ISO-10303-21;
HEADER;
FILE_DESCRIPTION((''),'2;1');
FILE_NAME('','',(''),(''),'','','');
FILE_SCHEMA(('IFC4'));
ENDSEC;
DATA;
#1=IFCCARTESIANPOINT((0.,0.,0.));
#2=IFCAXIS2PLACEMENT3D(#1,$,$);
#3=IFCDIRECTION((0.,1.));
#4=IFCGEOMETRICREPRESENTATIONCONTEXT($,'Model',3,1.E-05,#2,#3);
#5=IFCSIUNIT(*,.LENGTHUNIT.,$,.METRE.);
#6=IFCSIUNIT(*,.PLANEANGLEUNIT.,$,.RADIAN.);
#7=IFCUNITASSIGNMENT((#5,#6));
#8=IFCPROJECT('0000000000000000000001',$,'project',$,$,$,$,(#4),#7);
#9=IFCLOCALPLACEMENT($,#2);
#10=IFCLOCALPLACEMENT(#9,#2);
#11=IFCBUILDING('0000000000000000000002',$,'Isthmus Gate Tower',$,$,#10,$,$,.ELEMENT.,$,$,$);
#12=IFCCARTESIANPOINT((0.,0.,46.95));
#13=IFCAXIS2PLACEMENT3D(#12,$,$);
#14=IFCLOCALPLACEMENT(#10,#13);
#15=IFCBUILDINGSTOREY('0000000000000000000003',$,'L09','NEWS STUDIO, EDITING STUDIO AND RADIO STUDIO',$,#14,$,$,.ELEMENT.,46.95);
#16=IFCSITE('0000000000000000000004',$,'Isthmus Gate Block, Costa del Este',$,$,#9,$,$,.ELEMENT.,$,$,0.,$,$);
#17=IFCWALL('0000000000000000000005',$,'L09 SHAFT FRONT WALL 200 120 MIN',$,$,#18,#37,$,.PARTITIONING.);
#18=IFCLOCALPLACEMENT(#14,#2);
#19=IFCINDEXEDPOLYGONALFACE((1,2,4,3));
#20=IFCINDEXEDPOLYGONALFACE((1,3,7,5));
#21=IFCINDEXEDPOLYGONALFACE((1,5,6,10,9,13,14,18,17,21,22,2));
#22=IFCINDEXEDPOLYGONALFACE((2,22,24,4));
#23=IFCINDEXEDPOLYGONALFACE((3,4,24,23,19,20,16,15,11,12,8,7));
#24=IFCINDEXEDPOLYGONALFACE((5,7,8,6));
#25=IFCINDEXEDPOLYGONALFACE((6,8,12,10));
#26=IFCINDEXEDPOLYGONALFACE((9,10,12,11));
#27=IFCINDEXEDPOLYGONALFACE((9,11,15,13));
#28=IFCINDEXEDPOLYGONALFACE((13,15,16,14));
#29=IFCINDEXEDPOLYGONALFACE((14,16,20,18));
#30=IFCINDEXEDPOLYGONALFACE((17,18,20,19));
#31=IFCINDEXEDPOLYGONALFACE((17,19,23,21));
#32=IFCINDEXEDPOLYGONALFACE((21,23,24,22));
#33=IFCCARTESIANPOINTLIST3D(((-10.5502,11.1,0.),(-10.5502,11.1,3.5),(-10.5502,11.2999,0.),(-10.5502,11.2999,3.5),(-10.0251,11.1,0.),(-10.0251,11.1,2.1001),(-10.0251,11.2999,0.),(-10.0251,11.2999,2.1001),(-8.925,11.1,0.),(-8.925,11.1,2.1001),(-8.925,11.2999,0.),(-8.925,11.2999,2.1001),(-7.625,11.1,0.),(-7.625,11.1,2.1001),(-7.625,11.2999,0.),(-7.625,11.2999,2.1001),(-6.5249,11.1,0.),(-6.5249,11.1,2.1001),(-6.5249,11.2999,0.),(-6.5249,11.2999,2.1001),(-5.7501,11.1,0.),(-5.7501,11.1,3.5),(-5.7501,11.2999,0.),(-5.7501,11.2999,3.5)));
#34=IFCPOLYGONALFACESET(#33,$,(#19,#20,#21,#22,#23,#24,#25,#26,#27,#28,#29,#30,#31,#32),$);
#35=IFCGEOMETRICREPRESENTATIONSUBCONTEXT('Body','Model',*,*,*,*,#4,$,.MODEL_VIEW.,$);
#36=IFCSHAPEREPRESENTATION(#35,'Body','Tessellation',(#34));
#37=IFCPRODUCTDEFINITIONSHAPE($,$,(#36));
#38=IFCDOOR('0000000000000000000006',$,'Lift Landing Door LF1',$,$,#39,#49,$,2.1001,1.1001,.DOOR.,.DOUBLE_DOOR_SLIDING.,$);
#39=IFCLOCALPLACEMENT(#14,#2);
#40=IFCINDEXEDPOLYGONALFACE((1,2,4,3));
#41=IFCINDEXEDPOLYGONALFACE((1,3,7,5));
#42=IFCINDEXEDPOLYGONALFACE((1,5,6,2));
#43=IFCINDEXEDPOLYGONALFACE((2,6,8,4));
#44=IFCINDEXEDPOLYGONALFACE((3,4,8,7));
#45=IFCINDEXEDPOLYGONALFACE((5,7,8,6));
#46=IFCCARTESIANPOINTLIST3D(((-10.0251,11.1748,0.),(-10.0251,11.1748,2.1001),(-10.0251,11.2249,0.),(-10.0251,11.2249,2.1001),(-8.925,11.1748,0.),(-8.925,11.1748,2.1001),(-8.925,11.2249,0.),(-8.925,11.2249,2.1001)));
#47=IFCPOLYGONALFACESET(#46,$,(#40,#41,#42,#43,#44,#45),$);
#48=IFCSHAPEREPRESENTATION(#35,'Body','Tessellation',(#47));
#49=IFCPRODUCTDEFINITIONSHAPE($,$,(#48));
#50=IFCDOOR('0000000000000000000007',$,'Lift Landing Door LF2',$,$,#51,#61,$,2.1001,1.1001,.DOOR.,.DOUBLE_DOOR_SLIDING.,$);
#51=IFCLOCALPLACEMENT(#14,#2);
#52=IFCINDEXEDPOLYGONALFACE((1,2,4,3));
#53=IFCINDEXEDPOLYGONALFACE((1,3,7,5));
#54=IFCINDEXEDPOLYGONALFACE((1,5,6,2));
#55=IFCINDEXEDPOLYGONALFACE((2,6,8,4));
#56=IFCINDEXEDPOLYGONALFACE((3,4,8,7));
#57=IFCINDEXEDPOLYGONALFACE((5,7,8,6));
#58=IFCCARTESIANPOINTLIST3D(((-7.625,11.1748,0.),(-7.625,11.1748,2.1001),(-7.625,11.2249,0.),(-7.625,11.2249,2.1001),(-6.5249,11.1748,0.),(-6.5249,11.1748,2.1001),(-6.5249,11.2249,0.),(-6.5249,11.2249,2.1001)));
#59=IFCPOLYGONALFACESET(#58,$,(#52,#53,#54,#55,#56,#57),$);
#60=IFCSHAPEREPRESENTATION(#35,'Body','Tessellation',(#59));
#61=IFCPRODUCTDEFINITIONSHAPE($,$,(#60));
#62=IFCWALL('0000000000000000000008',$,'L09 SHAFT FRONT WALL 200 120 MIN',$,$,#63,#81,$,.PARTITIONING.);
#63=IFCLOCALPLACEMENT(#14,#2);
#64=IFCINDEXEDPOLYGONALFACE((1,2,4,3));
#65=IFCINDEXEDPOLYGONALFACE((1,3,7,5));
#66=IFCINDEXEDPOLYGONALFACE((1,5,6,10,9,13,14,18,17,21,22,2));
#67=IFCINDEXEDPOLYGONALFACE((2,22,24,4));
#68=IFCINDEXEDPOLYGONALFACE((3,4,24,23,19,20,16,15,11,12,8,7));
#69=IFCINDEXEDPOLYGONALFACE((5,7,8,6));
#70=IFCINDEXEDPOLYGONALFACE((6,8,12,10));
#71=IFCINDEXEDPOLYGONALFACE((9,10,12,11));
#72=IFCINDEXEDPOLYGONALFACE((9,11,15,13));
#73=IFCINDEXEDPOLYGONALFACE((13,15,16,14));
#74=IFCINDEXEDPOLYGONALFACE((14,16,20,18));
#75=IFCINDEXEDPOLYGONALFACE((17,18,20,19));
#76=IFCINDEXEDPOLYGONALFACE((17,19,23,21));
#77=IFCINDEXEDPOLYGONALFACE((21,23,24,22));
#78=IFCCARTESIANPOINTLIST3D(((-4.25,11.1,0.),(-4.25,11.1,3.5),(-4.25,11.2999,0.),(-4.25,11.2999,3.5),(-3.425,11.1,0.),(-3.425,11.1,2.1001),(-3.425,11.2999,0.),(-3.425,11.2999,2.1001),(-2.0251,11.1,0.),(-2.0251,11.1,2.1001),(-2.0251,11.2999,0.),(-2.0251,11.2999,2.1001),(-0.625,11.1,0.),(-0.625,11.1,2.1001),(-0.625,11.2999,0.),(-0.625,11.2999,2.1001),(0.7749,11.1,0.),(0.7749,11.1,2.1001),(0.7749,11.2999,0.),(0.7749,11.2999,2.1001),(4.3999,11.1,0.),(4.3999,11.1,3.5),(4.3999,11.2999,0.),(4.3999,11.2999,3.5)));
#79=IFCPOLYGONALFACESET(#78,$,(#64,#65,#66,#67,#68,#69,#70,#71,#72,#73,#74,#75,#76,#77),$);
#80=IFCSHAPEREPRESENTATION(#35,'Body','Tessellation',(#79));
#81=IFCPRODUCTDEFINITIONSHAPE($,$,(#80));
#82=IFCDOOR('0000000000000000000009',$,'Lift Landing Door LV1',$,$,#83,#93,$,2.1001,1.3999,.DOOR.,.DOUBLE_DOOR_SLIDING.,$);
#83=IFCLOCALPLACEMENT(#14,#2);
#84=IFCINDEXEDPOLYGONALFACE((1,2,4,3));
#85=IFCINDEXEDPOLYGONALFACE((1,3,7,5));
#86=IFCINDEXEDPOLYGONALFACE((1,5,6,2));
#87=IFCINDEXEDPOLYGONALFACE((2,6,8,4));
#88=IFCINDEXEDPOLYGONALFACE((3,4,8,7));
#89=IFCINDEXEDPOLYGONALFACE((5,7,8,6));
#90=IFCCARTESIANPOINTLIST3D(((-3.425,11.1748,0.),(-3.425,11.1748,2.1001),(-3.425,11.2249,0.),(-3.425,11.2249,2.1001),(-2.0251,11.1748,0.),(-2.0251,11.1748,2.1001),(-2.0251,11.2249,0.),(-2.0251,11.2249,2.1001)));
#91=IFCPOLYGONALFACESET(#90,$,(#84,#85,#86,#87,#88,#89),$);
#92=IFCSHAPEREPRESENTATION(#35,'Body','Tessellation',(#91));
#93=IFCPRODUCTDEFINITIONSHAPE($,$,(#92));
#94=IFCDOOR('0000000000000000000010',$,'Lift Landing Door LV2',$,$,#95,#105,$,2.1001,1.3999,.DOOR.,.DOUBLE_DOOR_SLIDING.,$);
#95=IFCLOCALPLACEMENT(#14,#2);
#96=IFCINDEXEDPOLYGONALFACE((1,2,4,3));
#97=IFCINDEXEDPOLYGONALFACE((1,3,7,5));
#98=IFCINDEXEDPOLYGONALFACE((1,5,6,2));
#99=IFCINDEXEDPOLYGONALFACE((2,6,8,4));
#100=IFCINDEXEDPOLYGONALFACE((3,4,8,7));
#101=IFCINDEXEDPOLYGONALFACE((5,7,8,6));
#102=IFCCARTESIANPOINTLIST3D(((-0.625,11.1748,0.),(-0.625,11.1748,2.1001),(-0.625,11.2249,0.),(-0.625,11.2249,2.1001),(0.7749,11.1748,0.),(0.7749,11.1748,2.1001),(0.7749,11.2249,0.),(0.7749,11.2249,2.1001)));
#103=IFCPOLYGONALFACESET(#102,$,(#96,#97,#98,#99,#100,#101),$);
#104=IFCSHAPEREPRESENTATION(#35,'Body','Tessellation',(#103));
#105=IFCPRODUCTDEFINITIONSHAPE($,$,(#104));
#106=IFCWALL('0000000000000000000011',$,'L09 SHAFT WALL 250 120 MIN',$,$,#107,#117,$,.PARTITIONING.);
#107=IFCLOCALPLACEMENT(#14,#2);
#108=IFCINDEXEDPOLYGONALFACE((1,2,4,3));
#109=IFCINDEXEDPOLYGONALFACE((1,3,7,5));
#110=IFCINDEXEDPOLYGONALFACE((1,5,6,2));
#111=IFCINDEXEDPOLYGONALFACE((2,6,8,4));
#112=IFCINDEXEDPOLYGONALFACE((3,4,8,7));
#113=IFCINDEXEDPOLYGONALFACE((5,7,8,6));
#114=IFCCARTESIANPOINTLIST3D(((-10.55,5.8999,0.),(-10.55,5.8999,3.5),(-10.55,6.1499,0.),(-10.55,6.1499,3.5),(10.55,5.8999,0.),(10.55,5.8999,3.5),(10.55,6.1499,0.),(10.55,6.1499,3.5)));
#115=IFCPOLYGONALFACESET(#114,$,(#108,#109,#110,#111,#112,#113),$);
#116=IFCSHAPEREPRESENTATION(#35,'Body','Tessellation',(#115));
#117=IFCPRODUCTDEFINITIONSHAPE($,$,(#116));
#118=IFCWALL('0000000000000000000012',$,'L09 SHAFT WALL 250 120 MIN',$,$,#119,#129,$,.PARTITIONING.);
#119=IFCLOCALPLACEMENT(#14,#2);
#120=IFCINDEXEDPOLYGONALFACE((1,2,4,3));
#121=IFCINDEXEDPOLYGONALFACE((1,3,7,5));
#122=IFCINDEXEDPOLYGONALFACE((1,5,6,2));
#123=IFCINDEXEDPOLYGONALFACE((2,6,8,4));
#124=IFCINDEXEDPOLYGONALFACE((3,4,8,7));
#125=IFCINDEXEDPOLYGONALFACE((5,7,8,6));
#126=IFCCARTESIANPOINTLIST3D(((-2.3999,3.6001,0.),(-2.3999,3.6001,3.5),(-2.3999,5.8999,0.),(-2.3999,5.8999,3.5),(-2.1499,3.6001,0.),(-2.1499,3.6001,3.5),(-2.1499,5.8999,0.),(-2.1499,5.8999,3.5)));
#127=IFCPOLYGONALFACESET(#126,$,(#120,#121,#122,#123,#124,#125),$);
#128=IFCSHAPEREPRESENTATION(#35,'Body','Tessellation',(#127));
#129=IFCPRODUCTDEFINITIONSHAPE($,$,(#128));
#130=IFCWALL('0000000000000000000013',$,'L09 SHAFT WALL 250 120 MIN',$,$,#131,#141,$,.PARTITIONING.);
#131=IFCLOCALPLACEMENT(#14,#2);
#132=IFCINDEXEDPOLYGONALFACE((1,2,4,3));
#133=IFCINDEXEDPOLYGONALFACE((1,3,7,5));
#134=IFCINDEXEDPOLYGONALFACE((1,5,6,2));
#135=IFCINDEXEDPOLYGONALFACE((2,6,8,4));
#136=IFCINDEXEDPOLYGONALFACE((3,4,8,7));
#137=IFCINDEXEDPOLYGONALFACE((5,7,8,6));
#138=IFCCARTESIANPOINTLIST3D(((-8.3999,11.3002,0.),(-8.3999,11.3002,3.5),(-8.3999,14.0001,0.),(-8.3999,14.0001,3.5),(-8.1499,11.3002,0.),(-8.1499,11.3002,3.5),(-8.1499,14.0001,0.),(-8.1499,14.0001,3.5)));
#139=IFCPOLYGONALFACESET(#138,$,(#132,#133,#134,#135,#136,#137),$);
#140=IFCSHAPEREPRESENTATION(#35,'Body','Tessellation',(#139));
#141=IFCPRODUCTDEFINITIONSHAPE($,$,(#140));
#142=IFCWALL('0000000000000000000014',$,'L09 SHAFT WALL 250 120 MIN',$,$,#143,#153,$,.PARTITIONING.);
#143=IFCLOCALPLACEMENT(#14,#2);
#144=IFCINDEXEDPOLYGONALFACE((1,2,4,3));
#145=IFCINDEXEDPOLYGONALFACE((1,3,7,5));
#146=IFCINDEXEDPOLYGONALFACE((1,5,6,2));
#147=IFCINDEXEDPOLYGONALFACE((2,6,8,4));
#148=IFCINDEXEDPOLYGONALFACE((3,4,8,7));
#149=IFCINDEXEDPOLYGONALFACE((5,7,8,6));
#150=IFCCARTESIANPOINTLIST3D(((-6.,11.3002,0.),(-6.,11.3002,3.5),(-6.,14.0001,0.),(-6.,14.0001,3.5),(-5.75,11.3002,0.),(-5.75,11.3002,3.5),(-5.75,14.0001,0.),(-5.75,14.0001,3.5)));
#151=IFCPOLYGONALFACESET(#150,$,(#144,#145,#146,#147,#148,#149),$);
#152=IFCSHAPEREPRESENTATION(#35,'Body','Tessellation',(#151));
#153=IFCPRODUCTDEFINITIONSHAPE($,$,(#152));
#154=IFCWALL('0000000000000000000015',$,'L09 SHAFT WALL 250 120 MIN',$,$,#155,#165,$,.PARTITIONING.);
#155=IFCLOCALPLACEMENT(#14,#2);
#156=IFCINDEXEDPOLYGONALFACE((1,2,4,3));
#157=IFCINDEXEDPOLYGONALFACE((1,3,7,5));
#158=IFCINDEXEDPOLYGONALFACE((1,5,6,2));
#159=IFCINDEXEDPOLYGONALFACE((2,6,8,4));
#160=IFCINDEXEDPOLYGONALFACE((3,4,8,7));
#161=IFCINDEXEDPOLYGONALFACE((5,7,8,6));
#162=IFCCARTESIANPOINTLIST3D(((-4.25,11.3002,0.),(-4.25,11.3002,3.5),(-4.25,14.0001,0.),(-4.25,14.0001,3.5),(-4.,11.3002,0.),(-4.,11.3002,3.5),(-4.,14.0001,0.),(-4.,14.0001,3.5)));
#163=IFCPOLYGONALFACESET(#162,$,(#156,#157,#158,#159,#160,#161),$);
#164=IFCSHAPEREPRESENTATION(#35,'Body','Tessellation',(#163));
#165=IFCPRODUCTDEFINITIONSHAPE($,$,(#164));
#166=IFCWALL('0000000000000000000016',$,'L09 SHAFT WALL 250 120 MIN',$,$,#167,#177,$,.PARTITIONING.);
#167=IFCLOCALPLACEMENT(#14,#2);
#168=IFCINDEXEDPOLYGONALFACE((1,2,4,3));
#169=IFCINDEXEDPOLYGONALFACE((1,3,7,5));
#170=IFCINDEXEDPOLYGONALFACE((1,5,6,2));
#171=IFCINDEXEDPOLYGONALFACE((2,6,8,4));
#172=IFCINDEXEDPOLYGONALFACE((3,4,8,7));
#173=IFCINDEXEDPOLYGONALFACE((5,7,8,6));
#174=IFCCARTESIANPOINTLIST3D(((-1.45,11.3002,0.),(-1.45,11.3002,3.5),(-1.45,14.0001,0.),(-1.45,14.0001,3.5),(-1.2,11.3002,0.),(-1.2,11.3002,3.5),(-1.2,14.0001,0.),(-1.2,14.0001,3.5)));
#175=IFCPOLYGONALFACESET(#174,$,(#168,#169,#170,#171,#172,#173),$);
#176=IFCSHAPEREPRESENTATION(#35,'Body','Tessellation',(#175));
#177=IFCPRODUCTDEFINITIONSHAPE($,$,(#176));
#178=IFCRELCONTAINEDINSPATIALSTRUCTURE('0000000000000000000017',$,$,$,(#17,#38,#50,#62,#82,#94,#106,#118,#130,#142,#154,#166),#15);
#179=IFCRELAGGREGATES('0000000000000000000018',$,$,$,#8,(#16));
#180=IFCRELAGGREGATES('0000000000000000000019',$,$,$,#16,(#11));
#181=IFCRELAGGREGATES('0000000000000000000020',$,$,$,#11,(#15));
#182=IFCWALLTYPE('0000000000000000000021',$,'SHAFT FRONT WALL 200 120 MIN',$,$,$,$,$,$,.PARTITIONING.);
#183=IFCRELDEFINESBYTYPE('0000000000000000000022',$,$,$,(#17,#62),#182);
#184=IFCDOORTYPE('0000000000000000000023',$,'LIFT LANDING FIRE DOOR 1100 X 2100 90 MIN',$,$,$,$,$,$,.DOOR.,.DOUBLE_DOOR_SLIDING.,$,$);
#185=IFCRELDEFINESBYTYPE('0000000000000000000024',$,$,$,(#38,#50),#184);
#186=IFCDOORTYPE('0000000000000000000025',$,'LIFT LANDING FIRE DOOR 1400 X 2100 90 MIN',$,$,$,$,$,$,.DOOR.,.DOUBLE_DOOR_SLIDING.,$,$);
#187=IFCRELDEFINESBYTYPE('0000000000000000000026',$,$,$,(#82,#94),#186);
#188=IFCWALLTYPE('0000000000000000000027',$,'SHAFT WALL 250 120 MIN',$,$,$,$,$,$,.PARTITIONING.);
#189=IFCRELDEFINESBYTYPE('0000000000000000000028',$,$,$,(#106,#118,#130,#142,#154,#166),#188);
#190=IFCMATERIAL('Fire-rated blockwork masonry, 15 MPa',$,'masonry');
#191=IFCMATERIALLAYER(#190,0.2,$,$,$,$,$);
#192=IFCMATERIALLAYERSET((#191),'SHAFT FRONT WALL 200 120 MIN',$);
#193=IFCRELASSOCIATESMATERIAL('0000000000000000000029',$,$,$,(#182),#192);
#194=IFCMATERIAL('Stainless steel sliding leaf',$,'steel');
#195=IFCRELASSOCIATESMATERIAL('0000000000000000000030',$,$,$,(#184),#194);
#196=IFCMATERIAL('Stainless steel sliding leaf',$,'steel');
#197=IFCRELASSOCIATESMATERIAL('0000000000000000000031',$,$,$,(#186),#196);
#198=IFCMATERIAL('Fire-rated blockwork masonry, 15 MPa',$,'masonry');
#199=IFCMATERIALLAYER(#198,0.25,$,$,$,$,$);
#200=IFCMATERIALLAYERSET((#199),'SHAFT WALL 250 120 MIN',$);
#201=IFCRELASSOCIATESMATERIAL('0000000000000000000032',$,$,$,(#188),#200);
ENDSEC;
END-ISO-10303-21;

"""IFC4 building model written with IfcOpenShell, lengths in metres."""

from ifc_helpers import new_model, si_unit, direction, frame, frame_2d, origin, place, context, subcontext, project, spatial, rectangle, extrude, material, layer, layer_set, type_object, element, fill, save


model = new_model("IFC4")

# Units and contexts
model_context = context("Model", 3, precision=1e-05, world=origin(), true_north=direction((0.0, 1.0)))
body_context = subcontext(model_context, "Body", "Model", "MODEL_VIEW")
ifc_project = project(units=[si_unit("LENGTHUNIT", "METRE"), si_unit("PLANEANGLEUNIT", "RADIAN")], contexts=[model_context])

# Site, building, storey
site_placement = place(None, origin())
site = spatial("IfcSite", under=ifc_project, at=site_placement, Name="Isthmus Gate Block, Costa del Este", CompositionType="ELEMENT", RefElevation=0.0)
building_placement = place(site_placement, origin())
building = spatial("IfcBuilding", under=site, at=building_placement, Name="Isthmus Gate Tower", CompositionType="ELEMENT")
storey_placement = place(building_placement, frame((0.0, 0.0, 46.95)))
storey = spatial("IfcBuildingStorey", under=building, at=storey_placement, Name="L09", Description="NEWS STUDIO, EDITING STUDIO AND RADIO STUDIO", CompositionType="ELEMENT", Elevation=46.95)

# Walls, openings, doors
ifc_material_1 = material(Name="Fire-rated blockwork masonry, 15 MPa", Category="masonry")
ifc_layer_1 = layer(ifc_material_1, 0.2)
ifc_layer_set_1 = layer_set([ifc_layer_1], Name="SHAFT FRONT WALL 200 120 MIN")
wall_type_1 = type_object("IfcWallType", Name="SHAFT FRONT WALL 200 120 MIN", PredefinedType="PARTITIONING", material=ifc_layer_set_1)
wall_1_placement = place(storey_placement, frame((-10.55, 11.2, 0.0), z_axis=(0.0, 0.0, 1.0), x_axis=(1.0, 0.0, 0.0)))
wall_1 = element("IfcWall", 1, at=wall_1_placement, inside=storey, type_object=wall_type_1, Name="L09 SHAFT FRONT WALL 200 120 MIN", PredefinedType="PARTITIONING", context=body_context, shape_type="SweptSolid", body=[
    extrude(rectangle(XDim=4.8, YDim=0.2, at=frame_2d((2.3999, 0.0))), origin(), (0.0, 0.0, 1.0), 3.5),
])
opening_1_placement = place(wall_1_placement, frame((0.5249, 0.0, 0.0)))
opening_1 = element("IfcOpeningElement", 2, at=opening_1_placement, cuts=wall_1, PredefinedType="OPENING", context=body_context, shape_type="SweptSolid", body=[
    extrude(rectangle(XDim=1.1001, YDim=2.1001, at=frame_2d((0.55, 1.05))), frame((0.0, 0.1099, 0.0), z_axis=(0.0, -1.0, 0.0), x_axis=(1.0, 0.0, 0.0)), (0.0, 0.0, 1.0), 0.22),
])
opening_2_placement = place(wall_1_placement, frame((2.925, 0.0, 0.0)))
opening_2 = element("IfcOpeningElement", 3, at=opening_2_placement, cuts=wall_1, PredefinedType="OPENING", context=body_context, shape_type="SweptSolid", body=[
    extrude(rectangle(XDim=1.1001, YDim=2.1001, at=frame_2d((0.55, 1.05))), frame((0.0, 0.1099, 0.0), z_axis=(0.0, -1.0, 0.0), x_axis=(1.0, 0.0, 0.0)), (0.0, 0.0, 1.0), 0.22),
])
ifc_material_2 = material(Name="Stainless steel sliding leaf", Category="steel")
door_type_1 = type_object("IfcDoorType", Name="LIFT LANDING FIRE DOOR 1100 X 2100 90 MIN", OperationType="DOUBLE_DOOR_SLIDING", PredefinedType="DOOR", material=ifc_material_2)
door_1_placement = place(opening_1_placement, origin())
door_1 = element("IfcDoor", 4, at=door_1_placement, inside=storey, type_object=door_type_1, Name="Lift Landing Door LF1", OperationType="DOUBLE_DOOR_SLIDING", OverallHeight=2.1001, OverallWidth=1.1001, PredefinedType="DOOR", context=body_context, shape_type="SweptSolid", body=[
    extrude(rectangle(XDim=1.1001, YDim=2.1001, at=frame_2d((0.55, 1.05))), frame((0.0, 0.0249, 0.0), z_axis=(0.0, -1.0, 0.0), x_axis=(1.0, 0.0, 0.0)), (0.0, 0.0, 1.0), 0.05),
])
fill(opening_1, door_1)
door_2_placement = place(opening_2_placement, origin())
door_2 = element("IfcDoor", 5, at=door_2_placement, inside=storey, type_object=door_type_1, Name="Lift Landing Door LF2", OperationType="DOUBLE_DOOR_SLIDING", OverallHeight=2.1001, OverallWidth=1.1001, PredefinedType="DOOR", context=body_context, shape_type="SweptSolid", body=[
    extrude(rectangle(XDim=1.1001, YDim=2.1001, at=frame_2d((0.55, 1.05))), frame((0.0, 0.0249, 0.0), z_axis=(0.0, -1.0, 0.0), x_axis=(1.0, 0.0, 0.0)), (0.0, 0.0, 1.0), 0.05),
])
fill(opening_2, door_2)
wall_2_placement = place(storey_placement, frame((-4.25, 11.2, 0.0), z_axis=(0.0, 0.0, 1.0), x_axis=(1.0, 0.0, 0.0)))
wall_2 = element("IfcWall", 6, at=wall_2_placement, inside=storey, type_object=wall_type_1, Name="L09 SHAFT FRONT WALL 200 120 MIN", PredefinedType="PARTITIONING", context=body_context, shape_type="SweptSolid", body=[
    extrude(rectangle(XDim=8.6499, YDim=0.2, at=frame_2d((4.325, 0.0))), origin(), (0.0, 0.0, 1.0), 3.5),
])
opening_3_placement = place(wall_2_placement, frame((0.825, 0.0, 0.0)))
opening_3 = element("IfcOpeningElement", 7, at=opening_3_placement, cuts=wall_2, PredefinedType="OPENING", context=body_context, shape_type="SweptSolid", body=[
    extrude(rectangle(XDim=1.3999, YDim=2.1001, at=frame_2d((0.7, 1.05))), frame((0.0, 0.1099, 0.0), z_axis=(0.0, -1.0, 0.0), x_axis=(1.0, 0.0, 0.0)), (0.0, 0.0, 1.0), 0.22),
])
opening_4_placement = place(wall_2_placement, frame((3.625, 0.0, 0.0)))
opening_4 = element("IfcOpeningElement", 8, at=opening_4_placement, cuts=wall_2, PredefinedType="OPENING", context=body_context, shape_type="SweptSolid", body=[
    extrude(rectangle(XDim=1.3999, YDim=2.1001, at=frame_2d((0.7, 1.05))), frame((0.0, 0.1099, 0.0), z_axis=(0.0, -1.0, 0.0), x_axis=(1.0, 0.0, 0.0)), (0.0, 0.0, 1.0), 0.22),
])
ifc_material_3 = material(Name="Stainless steel sliding leaf", Category="steel")
door_type_2 = type_object("IfcDoorType", Name="LIFT LANDING FIRE DOOR 1400 X 2100 90 MIN", OperationType="DOUBLE_DOOR_SLIDING", PredefinedType="DOOR", material=ifc_material_3)
door_3_placement = place(opening_3_placement, origin())
door_3 = element("IfcDoor", 9, at=door_3_placement, inside=storey, type_object=door_type_2, Name="Lift Landing Door LV1", OperationType="DOUBLE_DOOR_SLIDING", OverallHeight=2.1001, OverallWidth=1.3999, PredefinedType="DOOR", context=body_context, shape_type="SweptSolid", body=[
    extrude(rectangle(XDim=1.3999, YDim=2.1001, at=frame_2d((0.7, 1.05))), frame((0.0, 0.0249, 0.0), z_axis=(0.0, -1.0, 0.0), x_axis=(1.0, 0.0, 0.0)), (0.0, 0.0, 1.0), 0.05),
])
fill(opening_3, door_3)
door_4_placement = place(opening_4_placement, origin())
door_4 = element("IfcDoor", 10, at=door_4_placement, inside=storey, type_object=door_type_2, Name="Lift Landing Door LV2", OperationType="DOUBLE_DOOR_SLIDING", OverallHeight=2.1001, OverallWidth=1.3999, PredefinedType="DOOR", context=body_context, shape_type="SweptSolid", body=[
    extrude(rectangle(XDim=1.3999, YDim=2.1001, at=frame_2d((0.7, 1.05))), frame((0.0, 0.0249, 0.0), z_axis=(0.0, -1.0, 0.0), x_axis=(1.0, 0.0, 0.0)), (0.0, 0.0, 1.0), 0.05),
])
fill(opening_4, door_4)

# Walls
ifc_material_4 = material(Name="Fire-rated blockwork masonry, 15 MPa", Category="masonry")
ifc_layer_2 = layer(ifc_material_4, 0.25)
ifc_layer_set_2 = layer_set([ifc_layer_2], Name="SHAFT WALL 250 120 MIN")
wall_type_2 = type_object("IfcWallType", Name="SHAFT WALL 250 120 MIN", PredefinedType="PARTITIONING", material=ifc_layer_set_2)
wall_3_placement = place(storey_placement, frame((-10.55, 6.0249, 0.0), z_axis=(0.0, 0.0, 1.0), x_axis=(1.0, 0.0, 0.0)))
element("IfcWall", 11, at=wall_3_placement, inside=storey, type_object=wall_type_2, Name="L09 SHAFT WALL 250 120 MIN", PredefinedType="PARTITIONING", context=body_context, shape_type="SweptSolid", body=[
    extrude(rectangle(XDim=21.1001, YDim=0.25, at=frame_2d((10.55, 0.0))), origin(), (0.0, 0.0, 1.0), 3.5),
])
wall_4_placement = place(storey_placement, frame((-2.2749, 3.6001, 0.0), z_axis=(0.0, 0.0, 1.0), x_axis=(0.0, 1.0, 0.0)))
element("IfcWall", 12, at=wall_4_placement, inside=storey, type_object=wall_type_2, Name="L09 SHAFT WALL 250 120 MIN", PredefinedType="PARTITIONING", context=body_context, shape_type="SweptSolid", body=[
    extrude(rectangle(XDim=2.2998, YDim=0.25, at=frame_2d((1.1499, 0.0))), origin(), (0.0, 0.0, 1.0), 3.5),
])
for number, where, z_axis, x_axis, name in (
    (13, (-8.2749, 11.3, 0.0), (0.0, 0.0, 1.0), (0.0, 1.0, 0.0), "L09 SHAFT WALL 250 120 MIN"),
    (14, (-5.875, 11.3, 0.0), (0.0, 0.0, 1.0), (0.0, 1.0, 0.0), "L09 SHAFT WALL 250 120 MIN"),
    (15, (-4.125, 11.3, 0.0), (0.0, 0.0, 1.0), (0.0, 1.0, 0.0), "L09 SHAFT WALL 250 120 MIN"),
    (16, (-1.325, 11.3, 0.0), (0.0, 0.0, 1.0), (0.0, 1.0, 0.0), "L09 SHAFT WALL 250 120 MIN"),
):
    element("IfcWall", number, at=place(storey_placement, frame(where, z_axis=z_axis, x_axis=x_axis)), inside=storey, type_object=wall_type_2, Name=name, PredefinedType="PARTITIONING", context=body_context, shape_type="SweptSolid", body=[
        extrude(rectangle(XDim=2.7, YDim=0.25, at=frame_2d((1.3501, 0.0))), origin(), (0.0, 0.0, 1.0), 3.5),
    ])

save(model, "model.ifc")
